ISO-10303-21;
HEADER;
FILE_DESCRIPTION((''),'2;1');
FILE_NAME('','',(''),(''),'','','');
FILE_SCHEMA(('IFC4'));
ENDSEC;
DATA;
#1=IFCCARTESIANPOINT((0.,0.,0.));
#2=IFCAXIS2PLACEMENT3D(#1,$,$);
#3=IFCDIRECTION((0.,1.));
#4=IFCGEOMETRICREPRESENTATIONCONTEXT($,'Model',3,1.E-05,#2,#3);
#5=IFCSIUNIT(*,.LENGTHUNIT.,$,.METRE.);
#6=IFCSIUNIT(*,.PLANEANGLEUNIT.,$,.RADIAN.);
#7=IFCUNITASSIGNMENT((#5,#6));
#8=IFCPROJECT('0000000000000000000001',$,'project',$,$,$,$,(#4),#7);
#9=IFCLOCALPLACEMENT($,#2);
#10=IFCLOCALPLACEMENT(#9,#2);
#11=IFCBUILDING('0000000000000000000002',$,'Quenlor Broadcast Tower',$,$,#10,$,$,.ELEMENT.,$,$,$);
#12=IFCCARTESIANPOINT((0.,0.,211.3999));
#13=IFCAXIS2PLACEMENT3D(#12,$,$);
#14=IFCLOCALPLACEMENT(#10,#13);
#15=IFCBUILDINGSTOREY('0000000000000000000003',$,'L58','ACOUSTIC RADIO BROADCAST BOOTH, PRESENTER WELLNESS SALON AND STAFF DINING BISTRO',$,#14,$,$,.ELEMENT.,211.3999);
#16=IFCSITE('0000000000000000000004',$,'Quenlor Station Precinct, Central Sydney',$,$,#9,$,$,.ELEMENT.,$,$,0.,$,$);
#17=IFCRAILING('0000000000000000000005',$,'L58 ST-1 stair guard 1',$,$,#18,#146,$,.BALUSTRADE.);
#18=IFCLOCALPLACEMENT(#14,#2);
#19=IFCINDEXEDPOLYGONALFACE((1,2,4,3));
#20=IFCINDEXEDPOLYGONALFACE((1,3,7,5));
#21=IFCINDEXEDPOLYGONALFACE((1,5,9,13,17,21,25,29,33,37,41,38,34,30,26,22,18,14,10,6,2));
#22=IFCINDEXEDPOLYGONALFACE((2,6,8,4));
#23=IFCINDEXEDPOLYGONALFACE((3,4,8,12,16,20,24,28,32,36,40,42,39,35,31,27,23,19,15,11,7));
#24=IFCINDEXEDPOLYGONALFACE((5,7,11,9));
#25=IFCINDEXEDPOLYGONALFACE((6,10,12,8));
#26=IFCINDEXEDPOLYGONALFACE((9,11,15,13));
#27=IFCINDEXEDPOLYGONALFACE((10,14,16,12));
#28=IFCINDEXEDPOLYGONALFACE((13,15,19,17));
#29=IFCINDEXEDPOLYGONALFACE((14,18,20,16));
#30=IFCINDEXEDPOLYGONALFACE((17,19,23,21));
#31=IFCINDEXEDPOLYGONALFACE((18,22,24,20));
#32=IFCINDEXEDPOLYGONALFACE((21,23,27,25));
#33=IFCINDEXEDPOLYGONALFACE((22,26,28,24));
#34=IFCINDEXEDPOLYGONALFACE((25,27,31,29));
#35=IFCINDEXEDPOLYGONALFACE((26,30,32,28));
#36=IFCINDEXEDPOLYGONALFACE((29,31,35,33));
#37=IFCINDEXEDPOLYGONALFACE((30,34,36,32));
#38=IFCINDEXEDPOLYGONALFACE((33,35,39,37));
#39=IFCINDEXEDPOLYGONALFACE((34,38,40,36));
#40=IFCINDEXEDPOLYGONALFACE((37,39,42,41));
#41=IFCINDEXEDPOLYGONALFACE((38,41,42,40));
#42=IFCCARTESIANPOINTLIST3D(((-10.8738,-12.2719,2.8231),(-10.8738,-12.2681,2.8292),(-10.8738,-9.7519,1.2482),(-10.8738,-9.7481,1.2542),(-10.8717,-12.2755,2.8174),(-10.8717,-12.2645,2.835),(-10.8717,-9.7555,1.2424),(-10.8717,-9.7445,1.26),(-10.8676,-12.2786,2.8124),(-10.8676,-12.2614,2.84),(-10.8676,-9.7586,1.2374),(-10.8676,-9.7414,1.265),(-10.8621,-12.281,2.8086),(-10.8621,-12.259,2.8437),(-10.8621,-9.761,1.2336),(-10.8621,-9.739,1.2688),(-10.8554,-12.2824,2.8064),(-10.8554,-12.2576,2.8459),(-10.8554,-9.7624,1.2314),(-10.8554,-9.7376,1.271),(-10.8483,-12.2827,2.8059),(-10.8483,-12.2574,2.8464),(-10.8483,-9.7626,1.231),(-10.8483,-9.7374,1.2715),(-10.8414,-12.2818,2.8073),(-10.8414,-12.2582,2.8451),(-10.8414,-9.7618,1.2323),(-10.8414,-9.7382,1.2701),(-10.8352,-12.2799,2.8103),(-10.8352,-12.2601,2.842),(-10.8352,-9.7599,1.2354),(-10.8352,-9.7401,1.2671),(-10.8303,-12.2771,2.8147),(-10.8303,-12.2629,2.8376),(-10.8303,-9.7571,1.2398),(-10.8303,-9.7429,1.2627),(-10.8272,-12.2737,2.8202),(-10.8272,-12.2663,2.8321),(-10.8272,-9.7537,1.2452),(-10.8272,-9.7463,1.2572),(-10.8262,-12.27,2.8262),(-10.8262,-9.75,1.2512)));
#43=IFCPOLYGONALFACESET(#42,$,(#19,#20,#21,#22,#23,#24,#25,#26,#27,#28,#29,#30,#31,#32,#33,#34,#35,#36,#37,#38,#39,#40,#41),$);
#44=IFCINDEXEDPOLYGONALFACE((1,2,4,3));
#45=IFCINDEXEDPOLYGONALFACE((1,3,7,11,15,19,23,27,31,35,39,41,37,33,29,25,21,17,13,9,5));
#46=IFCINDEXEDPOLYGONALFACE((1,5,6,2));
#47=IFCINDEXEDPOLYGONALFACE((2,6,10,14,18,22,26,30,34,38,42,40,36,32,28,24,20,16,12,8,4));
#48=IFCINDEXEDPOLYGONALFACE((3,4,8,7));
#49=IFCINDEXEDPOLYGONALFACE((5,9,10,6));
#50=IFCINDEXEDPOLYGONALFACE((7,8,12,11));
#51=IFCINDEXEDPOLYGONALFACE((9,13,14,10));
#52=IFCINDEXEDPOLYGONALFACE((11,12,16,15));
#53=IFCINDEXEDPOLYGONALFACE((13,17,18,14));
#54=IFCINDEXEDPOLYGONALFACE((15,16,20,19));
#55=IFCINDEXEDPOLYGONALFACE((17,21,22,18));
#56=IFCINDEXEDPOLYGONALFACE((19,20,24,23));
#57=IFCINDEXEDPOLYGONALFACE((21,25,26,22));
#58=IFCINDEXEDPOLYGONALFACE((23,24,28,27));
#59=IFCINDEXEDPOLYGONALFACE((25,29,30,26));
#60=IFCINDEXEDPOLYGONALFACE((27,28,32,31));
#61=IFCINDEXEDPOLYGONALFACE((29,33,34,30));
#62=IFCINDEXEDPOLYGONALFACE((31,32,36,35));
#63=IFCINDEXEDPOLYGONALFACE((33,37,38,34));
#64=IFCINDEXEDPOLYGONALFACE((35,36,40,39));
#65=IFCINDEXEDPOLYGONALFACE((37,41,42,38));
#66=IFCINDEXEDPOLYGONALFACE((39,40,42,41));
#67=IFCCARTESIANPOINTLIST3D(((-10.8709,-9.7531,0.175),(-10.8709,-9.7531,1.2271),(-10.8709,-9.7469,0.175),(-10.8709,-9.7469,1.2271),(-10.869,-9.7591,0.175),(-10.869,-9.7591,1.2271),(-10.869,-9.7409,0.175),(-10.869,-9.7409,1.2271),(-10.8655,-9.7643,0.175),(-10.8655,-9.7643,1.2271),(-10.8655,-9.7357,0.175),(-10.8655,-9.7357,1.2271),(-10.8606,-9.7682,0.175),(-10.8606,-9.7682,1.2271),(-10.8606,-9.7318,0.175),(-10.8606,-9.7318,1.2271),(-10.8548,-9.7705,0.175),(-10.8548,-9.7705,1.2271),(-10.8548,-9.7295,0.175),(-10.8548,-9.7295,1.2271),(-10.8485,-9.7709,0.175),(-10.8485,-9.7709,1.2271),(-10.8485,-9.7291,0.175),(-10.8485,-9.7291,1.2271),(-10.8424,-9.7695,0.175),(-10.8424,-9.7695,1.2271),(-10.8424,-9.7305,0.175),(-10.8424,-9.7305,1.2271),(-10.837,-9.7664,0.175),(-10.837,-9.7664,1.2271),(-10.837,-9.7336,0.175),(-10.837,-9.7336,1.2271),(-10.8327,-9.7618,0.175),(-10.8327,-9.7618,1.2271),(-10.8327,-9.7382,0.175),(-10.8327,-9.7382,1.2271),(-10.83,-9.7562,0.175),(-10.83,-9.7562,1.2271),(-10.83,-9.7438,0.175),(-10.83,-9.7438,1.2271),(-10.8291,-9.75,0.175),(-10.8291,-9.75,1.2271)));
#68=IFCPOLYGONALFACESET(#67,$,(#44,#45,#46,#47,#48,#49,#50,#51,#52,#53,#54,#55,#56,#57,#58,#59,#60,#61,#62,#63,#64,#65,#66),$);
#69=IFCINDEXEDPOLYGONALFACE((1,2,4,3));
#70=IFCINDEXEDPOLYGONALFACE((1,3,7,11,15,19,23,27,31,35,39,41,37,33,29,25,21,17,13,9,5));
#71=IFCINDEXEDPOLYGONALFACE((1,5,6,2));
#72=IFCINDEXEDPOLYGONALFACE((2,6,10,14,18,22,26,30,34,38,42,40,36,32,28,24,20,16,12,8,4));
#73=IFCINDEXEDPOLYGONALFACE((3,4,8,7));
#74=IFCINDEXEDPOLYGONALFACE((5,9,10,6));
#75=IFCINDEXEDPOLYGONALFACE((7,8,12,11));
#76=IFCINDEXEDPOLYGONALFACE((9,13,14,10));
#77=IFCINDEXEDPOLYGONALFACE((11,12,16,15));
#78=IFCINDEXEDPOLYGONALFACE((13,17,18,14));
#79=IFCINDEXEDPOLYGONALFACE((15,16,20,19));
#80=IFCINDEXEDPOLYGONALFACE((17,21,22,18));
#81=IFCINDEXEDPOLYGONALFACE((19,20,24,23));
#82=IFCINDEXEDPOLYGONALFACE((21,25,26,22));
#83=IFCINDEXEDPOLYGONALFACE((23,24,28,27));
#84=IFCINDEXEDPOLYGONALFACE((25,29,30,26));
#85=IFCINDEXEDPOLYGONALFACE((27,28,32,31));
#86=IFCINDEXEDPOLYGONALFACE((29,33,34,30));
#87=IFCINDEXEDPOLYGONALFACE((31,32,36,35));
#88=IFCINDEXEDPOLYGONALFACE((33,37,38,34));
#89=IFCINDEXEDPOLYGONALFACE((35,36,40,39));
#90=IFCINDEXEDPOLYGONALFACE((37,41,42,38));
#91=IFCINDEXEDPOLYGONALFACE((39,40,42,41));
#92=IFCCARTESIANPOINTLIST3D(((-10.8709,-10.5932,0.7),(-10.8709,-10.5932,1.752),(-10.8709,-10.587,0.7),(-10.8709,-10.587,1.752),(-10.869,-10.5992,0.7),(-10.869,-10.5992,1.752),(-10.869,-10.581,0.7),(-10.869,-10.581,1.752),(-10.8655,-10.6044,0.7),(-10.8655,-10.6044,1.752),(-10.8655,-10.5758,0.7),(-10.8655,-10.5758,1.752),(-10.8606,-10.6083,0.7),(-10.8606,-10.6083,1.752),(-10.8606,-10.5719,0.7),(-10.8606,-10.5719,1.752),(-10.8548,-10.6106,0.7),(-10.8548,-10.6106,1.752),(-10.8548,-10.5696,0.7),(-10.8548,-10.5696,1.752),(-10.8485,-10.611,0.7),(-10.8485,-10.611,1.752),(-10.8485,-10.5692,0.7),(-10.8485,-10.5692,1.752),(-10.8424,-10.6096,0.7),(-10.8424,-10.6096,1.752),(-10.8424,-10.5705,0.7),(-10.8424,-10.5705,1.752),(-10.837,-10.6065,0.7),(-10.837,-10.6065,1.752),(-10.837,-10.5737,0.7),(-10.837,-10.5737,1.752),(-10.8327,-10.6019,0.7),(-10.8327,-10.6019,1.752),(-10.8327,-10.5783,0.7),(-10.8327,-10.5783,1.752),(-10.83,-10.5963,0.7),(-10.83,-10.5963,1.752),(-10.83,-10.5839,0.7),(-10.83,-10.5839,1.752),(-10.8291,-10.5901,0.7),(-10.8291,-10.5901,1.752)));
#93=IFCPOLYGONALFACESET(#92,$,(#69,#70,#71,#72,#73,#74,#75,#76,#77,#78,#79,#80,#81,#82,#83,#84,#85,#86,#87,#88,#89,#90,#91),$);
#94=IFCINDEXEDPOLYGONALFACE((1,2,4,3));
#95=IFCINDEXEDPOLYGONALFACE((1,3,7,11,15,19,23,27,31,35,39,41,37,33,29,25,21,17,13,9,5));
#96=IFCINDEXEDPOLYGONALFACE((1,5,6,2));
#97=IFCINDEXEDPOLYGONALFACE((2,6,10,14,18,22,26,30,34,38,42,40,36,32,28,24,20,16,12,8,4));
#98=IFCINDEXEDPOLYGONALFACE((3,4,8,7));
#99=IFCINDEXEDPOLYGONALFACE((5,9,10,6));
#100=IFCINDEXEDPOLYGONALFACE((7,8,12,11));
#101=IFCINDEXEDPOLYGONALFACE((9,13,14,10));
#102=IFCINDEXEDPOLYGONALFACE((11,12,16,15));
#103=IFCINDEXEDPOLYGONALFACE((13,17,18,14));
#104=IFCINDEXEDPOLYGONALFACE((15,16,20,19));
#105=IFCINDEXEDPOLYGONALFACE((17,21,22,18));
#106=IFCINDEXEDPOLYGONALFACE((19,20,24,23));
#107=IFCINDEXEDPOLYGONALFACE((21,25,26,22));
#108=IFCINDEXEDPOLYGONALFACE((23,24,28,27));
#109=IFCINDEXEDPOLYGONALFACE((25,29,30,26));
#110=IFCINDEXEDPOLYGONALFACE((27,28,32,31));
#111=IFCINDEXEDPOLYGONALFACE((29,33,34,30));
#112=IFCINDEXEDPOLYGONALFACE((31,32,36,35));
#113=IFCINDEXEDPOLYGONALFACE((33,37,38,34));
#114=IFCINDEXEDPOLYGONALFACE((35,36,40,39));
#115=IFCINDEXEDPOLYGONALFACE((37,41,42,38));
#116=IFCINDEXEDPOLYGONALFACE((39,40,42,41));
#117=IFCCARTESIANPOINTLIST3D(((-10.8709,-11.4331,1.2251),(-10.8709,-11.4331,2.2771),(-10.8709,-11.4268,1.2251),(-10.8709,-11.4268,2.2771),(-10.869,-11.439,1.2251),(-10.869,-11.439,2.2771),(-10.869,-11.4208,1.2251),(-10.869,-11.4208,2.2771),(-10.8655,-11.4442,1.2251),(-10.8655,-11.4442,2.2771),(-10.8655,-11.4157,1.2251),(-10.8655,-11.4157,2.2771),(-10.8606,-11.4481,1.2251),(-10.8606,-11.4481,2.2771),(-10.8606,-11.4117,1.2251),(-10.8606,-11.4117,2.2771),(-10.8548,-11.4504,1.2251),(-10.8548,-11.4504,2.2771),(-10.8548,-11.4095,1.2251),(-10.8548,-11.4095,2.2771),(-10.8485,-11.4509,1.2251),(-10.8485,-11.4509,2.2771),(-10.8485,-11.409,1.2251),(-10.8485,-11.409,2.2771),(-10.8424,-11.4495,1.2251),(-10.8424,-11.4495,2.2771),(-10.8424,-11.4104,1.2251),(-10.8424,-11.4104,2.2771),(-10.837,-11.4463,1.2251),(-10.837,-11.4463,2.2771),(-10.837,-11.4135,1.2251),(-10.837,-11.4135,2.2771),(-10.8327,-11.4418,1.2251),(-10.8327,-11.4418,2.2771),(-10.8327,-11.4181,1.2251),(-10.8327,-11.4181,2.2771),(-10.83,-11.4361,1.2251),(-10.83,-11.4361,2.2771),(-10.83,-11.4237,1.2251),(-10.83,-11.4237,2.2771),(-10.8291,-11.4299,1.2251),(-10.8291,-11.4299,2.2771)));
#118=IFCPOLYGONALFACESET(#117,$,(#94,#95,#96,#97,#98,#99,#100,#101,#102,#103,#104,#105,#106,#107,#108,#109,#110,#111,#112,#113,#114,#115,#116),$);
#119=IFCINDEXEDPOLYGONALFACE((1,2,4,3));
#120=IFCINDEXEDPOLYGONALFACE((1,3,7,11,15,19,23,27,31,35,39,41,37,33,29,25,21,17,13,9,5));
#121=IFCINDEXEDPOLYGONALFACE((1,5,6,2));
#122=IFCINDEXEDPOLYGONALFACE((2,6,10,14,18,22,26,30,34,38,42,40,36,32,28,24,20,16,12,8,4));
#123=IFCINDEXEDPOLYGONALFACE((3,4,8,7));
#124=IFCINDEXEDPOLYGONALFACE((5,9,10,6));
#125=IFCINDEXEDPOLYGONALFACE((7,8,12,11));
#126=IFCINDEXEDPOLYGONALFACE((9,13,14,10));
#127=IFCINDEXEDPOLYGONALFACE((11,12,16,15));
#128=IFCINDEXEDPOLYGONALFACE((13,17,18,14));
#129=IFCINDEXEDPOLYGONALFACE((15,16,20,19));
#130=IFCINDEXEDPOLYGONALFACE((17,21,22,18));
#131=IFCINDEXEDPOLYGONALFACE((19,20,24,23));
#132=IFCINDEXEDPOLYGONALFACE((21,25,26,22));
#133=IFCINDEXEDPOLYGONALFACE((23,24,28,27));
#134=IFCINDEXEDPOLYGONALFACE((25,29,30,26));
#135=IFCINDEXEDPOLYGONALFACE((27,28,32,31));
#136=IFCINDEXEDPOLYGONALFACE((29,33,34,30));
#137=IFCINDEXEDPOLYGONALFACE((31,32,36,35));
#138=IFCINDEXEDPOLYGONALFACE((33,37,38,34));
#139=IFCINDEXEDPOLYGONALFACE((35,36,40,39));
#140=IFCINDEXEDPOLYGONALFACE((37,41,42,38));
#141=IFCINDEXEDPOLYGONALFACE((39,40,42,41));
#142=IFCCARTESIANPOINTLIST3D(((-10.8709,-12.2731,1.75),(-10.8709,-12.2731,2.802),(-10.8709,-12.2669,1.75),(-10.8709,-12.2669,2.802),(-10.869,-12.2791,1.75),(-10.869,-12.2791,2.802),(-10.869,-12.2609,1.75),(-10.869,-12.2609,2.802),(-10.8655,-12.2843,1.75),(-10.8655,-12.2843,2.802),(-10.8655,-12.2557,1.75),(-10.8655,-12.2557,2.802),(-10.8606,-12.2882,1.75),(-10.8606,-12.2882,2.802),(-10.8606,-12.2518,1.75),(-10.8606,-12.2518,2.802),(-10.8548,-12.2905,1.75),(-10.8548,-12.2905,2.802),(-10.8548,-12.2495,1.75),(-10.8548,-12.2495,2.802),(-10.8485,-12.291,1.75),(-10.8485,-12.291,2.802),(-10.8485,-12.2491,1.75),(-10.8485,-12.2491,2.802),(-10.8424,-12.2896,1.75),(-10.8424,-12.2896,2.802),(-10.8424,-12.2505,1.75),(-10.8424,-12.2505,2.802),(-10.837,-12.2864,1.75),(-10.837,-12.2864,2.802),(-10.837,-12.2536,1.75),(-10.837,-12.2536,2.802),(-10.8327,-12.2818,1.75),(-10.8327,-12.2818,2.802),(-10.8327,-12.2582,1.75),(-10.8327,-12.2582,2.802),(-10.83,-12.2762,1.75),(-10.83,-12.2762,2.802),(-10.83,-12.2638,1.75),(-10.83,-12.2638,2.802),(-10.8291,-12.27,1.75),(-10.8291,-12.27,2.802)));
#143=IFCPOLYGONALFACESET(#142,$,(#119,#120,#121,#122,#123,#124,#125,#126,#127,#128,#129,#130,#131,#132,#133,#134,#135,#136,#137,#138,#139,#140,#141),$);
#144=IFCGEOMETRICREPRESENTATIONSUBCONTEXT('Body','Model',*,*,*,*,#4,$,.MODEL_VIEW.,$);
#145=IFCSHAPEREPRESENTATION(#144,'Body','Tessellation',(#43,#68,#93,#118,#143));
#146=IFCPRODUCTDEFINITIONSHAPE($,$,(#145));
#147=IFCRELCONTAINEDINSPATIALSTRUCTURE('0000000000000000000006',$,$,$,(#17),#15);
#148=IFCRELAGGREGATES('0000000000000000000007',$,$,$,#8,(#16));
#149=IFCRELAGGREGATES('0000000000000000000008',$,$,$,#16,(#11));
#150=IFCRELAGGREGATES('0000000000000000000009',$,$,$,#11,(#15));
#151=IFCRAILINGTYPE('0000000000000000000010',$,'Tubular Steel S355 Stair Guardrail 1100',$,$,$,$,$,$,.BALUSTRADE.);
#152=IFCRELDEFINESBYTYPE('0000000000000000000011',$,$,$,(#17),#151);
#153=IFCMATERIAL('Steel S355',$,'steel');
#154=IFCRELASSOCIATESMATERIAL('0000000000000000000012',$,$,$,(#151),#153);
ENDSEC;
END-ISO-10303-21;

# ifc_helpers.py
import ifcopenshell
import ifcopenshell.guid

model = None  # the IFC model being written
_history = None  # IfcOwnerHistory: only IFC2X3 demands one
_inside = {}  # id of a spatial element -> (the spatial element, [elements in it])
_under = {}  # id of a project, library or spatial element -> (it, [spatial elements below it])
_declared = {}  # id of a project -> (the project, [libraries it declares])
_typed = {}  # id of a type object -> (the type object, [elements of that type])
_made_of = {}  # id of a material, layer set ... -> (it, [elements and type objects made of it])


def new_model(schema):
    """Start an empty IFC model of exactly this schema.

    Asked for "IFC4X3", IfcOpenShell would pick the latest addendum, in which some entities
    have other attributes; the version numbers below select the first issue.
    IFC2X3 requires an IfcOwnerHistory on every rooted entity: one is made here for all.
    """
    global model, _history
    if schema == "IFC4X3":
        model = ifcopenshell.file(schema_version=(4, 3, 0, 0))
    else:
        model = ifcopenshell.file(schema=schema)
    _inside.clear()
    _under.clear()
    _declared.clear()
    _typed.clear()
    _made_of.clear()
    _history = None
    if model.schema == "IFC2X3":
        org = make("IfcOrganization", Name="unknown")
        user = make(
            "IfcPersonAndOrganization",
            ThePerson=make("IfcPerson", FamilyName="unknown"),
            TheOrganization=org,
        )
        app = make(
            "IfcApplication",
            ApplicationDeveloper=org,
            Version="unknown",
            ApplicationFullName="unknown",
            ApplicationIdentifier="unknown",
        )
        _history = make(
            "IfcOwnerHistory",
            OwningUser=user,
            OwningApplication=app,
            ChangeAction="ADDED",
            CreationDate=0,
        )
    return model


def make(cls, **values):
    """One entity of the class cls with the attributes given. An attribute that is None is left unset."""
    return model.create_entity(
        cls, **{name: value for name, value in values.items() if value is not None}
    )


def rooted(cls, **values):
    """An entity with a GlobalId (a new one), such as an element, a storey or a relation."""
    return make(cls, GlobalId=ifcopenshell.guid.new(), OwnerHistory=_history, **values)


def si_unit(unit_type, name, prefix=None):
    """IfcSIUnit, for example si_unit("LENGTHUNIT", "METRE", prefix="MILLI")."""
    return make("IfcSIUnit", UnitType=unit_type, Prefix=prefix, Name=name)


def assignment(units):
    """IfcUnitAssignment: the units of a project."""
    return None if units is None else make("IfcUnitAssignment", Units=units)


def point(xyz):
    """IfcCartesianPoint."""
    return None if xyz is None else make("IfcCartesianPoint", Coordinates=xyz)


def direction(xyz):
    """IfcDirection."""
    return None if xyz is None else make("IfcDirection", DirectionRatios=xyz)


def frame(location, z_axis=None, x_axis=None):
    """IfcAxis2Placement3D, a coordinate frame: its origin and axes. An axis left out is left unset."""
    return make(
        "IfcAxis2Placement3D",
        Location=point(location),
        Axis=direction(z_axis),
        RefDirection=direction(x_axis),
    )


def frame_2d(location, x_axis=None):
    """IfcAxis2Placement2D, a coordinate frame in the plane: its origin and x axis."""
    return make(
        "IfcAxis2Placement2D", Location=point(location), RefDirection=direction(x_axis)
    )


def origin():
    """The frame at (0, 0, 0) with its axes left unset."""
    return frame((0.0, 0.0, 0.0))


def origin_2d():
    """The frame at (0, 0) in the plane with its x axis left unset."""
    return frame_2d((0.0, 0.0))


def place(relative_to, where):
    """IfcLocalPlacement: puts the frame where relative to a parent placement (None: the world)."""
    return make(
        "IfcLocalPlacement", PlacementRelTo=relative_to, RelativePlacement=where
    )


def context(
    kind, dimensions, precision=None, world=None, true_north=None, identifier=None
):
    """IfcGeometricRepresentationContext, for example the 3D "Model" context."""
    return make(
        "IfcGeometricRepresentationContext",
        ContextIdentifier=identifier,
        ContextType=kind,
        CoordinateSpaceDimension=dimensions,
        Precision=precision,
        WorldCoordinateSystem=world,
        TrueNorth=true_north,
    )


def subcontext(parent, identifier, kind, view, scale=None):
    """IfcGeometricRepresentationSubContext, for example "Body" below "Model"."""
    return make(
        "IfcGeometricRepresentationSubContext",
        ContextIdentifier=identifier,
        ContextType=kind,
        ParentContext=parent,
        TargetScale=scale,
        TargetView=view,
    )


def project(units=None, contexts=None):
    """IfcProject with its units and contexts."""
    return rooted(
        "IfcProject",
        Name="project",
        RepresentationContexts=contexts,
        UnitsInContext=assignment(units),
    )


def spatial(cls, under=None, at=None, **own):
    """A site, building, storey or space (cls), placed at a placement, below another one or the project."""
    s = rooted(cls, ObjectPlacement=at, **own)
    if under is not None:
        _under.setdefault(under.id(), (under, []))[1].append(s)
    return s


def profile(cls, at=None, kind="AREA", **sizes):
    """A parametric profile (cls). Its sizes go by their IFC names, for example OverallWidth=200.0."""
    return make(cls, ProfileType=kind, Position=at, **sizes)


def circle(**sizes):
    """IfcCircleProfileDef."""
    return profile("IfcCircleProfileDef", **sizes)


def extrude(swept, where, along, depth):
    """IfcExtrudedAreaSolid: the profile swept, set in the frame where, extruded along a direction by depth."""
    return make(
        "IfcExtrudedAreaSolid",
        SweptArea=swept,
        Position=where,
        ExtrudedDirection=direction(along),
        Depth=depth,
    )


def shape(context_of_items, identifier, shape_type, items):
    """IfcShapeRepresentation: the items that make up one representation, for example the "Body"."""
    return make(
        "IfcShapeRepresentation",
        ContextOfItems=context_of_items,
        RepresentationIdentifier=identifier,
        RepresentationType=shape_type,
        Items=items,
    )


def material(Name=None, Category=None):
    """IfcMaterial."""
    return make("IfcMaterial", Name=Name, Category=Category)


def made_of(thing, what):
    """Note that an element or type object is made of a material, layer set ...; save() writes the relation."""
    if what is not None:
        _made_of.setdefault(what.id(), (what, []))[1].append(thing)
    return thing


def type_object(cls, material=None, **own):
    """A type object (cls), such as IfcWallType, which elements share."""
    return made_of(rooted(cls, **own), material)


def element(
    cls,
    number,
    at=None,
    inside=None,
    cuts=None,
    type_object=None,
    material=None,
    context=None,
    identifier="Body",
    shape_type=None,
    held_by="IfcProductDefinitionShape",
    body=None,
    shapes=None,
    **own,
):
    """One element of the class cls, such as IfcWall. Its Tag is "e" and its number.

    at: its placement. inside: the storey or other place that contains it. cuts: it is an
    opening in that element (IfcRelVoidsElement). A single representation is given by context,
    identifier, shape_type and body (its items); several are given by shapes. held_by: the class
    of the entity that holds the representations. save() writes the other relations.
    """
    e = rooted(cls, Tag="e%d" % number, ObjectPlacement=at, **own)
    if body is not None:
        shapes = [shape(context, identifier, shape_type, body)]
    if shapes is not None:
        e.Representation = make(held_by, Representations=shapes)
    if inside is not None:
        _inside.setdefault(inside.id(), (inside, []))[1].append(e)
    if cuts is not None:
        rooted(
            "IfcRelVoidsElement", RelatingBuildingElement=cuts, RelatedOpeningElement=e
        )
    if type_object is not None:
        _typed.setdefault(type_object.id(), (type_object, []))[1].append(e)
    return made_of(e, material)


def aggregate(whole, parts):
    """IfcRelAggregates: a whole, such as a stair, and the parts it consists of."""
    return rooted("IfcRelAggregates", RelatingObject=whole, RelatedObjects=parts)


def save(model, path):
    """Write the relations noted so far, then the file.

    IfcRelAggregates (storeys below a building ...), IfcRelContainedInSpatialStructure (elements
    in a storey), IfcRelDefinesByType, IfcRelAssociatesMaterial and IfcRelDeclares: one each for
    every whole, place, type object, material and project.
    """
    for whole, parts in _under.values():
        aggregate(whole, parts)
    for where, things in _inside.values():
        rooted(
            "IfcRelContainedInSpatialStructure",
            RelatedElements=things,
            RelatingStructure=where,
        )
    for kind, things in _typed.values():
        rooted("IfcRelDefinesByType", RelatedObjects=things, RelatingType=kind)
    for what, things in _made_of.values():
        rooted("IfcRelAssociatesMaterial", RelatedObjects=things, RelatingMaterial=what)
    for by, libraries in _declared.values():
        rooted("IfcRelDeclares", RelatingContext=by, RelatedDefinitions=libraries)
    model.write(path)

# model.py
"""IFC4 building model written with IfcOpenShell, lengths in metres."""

from ifc_helpers import new_model, si_unit, direction, frame, origin, origin_2d, place, context, subcontext, project, spatial, circle, extrude, material, type_object, element, save


model = new_model("IFC4")

# Units and contexts
model_context = context("Model", 3, precision=1e-05, world=origin(), true_north=direction((0.0, 1.0)))
body_context = subcontext(model_context, "Body", "Model", "MODEL_VIEW")
ifc_project = project(units=[si_unit("LENGTHUNIT", "METRE"), si_unit("PLANEANGLEUNIT", "RADIAN")], contexts=[model_context])

# Site, building, storey
site_placement = place(None, origin())
site = spatial("IfcSite", under=ifc_project, at=site_placement, Name="Quenlor Station Precinct, Central Sydney", CompositionType="ELEMENT", RefElevation=0.0)
building_placement = place(site_placement, origin())
building = spatial("IfcBuilding", under=site, at=building_placement, Name="Quenlor Broadcast Tower", CompositionType="ELEMENT")
storey_placement = place(building_placement, frame((0.0, 0.0, 211.3999)))
storey = spatial("IfcBuildingStorey", under=building, at=storey_placement, Name="L58", Description="ACOUSTIC RADIO BROADCAST BOOTH, PRESENTER WELLNESS SALON AND STAFF DINING BISTRO", CompositionType="ELEMENT", Elevation=211.3999)

# Railing
ifc_material_1 = material(Name="Steel S355", Category="steel")
railing_type_1 = type_object("IfcRailingType", Name="Tubular Steel S355 Stair Guardrail 1100", PredefinedType="BALUSTRADE", material=ifc_material_1)
railing_1_placement = place(storey_placement, frame((-10.8501, -9.75, 0.175)))
element("IfcRailing", 1, at=railing_1_placement, inside=storey, type_object=railing_type_1, Name="L58 ST-1 stair guard 1", PredefinedType="BALUSTRADE", context=body_context, shape_type="SweptSolid", body=[
    extrude(circle(Radius=0.0239, at=origin_2d()), frame((0.0, 0.0, 1.0762), z_axis=(0.0, -0.848008, 0.529984), x_axis=(1.0, 0.0, 0.0)), (0.0, 0.0, 1.0), 2.9717),
    extrude(circle(Radius=0.021, at=origin_2d()), origin(), (0.0, 0.0, 1.0), 1.052),
    extrude(circle(Radius=0.021, at=origin_2d()), frame((0.0, -0.8401, 0.5249)), (0.0, 0.0, 1.0), 1.052),
    extrude(circle(Radius=0.021, at=origin_2d()), frame((0.0, -1.6799, 1.05)), (0.0, 0.0, 1.0), 1.052),
    extrude(circle(Radius=0.021, at=origin_2d()), frame((0.0, -2.52, 1.575)), (0.0, 0.0, 1.0), 1.052),
])

save(model, "model.ifc")
